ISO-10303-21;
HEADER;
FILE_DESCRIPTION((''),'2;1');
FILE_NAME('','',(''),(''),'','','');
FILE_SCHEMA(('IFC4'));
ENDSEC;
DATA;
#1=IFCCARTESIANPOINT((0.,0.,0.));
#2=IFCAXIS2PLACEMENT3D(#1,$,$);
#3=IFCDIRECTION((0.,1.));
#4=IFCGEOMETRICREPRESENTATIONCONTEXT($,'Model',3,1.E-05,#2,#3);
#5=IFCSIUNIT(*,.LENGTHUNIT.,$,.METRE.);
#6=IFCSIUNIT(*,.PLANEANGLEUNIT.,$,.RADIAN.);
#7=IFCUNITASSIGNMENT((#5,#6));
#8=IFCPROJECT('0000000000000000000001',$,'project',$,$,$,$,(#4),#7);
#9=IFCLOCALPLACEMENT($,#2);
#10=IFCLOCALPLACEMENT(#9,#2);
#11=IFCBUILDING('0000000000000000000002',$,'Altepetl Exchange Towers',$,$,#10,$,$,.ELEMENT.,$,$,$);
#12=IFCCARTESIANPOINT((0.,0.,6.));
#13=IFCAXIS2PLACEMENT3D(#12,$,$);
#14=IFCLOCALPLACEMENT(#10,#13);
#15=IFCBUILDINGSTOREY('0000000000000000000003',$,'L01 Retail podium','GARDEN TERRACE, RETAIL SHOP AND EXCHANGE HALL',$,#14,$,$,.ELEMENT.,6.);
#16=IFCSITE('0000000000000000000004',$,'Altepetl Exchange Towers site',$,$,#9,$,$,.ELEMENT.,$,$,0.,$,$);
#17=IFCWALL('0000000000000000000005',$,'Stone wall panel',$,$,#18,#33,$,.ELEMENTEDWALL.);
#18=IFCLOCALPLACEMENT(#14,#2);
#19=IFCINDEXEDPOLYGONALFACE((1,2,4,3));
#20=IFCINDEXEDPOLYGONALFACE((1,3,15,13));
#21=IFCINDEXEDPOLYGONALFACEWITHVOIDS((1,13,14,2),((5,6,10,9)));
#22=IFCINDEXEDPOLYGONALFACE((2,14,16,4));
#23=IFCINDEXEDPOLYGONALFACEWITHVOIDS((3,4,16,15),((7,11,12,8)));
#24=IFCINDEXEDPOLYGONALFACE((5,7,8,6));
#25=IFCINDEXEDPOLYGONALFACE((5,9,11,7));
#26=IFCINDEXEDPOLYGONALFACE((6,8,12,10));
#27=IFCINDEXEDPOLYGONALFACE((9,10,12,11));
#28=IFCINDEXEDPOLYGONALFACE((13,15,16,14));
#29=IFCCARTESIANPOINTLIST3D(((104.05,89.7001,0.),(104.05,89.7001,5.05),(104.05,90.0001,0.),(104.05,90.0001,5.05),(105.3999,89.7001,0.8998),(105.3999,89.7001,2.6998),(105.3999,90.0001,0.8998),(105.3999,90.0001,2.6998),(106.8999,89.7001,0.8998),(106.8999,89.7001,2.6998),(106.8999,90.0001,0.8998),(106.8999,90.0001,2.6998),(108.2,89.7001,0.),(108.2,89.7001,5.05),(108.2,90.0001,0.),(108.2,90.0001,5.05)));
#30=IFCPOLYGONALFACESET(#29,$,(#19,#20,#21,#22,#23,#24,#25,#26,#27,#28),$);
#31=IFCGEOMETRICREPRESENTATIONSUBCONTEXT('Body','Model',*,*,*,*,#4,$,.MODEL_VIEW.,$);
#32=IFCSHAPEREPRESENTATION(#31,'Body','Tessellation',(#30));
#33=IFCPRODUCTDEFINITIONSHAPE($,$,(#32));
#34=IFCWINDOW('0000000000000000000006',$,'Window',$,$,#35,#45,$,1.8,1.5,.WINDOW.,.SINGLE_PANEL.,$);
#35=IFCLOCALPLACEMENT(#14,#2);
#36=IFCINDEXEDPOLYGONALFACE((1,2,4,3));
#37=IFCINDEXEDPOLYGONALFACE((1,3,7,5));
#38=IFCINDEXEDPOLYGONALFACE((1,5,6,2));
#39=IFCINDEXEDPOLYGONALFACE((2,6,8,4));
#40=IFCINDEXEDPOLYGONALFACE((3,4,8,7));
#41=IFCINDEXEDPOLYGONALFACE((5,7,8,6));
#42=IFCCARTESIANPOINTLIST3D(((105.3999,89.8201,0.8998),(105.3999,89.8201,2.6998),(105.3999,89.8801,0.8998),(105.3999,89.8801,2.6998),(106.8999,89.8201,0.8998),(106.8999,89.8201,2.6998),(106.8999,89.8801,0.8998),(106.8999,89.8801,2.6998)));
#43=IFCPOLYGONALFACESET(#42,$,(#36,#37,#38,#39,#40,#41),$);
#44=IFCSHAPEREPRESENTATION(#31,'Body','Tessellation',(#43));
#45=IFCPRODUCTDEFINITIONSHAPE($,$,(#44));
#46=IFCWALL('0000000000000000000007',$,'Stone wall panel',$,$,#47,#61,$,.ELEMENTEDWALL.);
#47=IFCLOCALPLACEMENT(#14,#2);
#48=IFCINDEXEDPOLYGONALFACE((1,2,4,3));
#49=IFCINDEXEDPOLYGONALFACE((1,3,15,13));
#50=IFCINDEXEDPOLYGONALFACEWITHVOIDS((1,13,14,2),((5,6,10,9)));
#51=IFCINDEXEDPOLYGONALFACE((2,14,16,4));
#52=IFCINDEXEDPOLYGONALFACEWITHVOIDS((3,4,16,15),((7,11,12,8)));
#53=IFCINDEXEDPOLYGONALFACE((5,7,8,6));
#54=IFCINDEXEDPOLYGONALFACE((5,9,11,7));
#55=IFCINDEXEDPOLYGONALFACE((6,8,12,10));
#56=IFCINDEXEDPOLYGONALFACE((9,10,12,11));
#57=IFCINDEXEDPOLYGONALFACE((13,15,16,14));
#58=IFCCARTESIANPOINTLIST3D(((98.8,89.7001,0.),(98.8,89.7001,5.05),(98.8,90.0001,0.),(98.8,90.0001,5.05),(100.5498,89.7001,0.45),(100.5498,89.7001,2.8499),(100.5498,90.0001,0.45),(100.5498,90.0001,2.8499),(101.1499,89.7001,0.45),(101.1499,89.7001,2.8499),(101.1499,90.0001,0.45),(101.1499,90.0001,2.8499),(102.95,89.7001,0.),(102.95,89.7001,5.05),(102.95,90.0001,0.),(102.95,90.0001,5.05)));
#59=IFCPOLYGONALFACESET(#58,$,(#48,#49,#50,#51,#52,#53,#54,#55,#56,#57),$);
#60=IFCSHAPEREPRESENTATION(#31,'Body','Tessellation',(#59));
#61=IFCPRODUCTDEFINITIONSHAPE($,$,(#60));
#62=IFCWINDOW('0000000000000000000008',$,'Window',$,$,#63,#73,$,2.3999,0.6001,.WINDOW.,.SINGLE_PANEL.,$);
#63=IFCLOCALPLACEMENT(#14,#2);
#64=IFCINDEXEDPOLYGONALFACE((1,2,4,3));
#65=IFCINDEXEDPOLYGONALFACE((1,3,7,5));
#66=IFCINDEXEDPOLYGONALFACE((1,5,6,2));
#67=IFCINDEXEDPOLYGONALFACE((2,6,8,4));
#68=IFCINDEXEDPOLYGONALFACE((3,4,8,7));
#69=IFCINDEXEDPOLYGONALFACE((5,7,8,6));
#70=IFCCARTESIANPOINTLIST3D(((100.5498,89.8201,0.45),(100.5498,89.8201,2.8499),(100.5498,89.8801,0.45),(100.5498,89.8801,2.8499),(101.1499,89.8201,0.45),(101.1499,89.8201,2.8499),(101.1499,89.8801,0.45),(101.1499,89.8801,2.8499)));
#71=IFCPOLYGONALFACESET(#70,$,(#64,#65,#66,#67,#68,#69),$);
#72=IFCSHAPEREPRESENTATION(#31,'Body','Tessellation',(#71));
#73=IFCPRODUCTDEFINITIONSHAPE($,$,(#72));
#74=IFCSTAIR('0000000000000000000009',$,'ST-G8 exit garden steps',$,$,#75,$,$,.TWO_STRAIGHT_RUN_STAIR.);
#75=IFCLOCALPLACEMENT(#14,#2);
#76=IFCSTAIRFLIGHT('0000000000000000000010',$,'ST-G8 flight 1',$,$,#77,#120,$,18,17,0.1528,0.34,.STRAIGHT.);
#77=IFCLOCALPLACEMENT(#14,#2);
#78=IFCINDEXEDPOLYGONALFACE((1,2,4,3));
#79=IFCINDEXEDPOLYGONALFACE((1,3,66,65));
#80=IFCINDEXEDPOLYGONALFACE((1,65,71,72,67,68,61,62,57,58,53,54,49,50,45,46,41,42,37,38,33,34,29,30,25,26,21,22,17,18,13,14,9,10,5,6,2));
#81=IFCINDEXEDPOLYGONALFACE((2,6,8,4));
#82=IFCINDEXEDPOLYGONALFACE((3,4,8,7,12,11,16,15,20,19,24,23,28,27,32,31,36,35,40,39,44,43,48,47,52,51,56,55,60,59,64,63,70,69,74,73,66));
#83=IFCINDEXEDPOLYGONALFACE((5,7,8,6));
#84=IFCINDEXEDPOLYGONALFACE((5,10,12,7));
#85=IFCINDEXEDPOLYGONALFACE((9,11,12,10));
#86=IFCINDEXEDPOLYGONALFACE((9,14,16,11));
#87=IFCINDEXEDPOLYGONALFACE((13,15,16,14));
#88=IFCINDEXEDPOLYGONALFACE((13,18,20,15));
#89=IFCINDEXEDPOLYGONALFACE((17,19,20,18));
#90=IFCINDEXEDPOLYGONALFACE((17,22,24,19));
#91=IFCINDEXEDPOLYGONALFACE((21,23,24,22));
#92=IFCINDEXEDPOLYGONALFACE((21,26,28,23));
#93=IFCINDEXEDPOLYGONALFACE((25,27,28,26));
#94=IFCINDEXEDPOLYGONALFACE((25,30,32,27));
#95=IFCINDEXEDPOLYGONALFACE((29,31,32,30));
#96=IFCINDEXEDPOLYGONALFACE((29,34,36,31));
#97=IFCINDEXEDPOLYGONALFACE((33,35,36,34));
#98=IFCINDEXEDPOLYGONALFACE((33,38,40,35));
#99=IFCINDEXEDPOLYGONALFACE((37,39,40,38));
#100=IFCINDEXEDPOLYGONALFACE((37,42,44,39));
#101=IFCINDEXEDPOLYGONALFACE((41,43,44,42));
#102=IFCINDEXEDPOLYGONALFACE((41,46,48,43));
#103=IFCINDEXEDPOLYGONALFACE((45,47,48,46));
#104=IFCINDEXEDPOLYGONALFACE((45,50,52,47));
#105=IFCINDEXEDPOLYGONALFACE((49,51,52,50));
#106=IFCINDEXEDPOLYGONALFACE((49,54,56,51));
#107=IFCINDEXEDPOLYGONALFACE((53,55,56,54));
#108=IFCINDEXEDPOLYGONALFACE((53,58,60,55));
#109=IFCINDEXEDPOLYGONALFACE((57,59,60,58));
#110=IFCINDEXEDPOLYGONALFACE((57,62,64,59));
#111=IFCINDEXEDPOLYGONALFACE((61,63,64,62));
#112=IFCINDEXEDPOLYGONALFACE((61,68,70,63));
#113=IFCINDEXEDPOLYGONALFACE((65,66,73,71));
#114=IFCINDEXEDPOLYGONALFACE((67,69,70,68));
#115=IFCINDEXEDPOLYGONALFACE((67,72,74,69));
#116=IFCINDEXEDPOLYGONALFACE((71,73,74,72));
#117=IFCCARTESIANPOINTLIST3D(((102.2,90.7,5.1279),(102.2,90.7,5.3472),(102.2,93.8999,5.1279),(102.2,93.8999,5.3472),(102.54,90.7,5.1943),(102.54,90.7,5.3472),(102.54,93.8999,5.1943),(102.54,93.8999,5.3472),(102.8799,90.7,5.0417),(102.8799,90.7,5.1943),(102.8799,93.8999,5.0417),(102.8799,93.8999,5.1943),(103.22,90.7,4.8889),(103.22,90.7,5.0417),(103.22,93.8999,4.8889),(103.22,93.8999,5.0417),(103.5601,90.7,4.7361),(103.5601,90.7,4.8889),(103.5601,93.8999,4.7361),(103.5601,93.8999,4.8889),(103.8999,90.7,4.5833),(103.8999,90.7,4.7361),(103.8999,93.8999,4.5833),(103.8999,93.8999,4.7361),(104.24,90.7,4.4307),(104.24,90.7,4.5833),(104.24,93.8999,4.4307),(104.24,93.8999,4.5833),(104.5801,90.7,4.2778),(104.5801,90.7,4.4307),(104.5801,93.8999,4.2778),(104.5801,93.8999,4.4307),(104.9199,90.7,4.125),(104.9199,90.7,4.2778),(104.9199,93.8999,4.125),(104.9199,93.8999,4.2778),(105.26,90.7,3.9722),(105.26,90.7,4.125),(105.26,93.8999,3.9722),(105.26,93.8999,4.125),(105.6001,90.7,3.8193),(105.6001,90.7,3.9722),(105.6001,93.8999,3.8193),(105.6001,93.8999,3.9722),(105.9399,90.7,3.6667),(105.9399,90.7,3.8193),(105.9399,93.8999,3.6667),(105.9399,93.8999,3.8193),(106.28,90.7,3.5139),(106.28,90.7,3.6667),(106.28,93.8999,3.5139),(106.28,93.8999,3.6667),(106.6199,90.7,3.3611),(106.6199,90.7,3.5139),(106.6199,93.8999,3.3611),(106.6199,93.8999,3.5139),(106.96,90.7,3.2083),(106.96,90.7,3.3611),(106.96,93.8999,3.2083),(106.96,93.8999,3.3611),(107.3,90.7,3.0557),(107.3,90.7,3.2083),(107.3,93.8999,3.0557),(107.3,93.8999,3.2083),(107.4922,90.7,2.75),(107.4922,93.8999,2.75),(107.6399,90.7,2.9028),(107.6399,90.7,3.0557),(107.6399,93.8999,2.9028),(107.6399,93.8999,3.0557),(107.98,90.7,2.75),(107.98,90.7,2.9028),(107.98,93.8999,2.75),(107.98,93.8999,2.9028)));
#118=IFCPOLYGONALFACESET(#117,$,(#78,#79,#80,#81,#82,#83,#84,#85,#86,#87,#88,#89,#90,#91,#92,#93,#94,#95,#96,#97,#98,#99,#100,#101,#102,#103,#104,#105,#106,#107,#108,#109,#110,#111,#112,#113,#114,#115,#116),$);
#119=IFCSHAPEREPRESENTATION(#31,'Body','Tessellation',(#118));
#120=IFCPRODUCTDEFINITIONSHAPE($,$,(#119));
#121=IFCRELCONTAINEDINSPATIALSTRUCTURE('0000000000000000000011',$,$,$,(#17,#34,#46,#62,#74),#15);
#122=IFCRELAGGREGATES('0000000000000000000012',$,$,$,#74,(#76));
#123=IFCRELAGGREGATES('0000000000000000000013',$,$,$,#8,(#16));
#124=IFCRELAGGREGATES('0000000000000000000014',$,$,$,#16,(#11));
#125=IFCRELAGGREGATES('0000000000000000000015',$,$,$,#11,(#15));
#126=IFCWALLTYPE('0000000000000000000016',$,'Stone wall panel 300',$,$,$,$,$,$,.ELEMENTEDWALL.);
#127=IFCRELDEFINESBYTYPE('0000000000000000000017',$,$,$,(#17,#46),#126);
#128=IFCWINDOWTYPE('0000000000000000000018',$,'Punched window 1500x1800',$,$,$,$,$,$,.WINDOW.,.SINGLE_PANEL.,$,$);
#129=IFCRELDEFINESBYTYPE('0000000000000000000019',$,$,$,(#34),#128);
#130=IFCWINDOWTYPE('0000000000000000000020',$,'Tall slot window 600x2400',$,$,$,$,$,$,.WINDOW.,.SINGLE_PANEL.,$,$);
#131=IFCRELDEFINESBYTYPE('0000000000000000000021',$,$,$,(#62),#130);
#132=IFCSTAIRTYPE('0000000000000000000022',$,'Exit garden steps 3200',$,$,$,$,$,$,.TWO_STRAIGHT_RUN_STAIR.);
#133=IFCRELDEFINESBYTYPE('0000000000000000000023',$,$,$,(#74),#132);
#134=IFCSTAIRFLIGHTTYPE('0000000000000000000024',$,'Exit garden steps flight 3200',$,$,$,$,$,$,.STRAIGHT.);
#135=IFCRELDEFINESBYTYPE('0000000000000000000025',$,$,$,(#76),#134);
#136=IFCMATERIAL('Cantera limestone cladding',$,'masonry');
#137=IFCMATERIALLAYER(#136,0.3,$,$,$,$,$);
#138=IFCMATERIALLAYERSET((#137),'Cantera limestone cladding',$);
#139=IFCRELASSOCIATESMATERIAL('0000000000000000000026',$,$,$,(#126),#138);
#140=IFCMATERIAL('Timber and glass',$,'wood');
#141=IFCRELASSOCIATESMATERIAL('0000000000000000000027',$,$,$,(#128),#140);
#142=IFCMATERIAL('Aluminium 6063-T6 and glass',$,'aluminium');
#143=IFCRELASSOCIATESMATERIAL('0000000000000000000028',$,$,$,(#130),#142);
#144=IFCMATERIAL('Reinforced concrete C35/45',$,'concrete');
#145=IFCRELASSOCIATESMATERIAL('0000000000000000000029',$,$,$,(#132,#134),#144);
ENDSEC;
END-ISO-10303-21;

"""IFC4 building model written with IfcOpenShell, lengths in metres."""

from ifc_helpers import new_model, si_unit, direction, frame, frame_2d, origin, place, context, subcontext, project, spatial, polyline, rectangle, outline, extrude, material, layer, layer_set, type_object, element, fill, aggregate, save


model = new_model("IFC4")

# Units and contexts
model_context = context("Model", 3, precision=1e-05, world=origin(), true_north=direction((0.0, 1.0)))
body_context = subcontext(model_context, "Body", "Model", "MODEL_VIEW")
ifc_project = project(units=[si_unit("LENGTHUNIT", "METRE"), si_unit("PLANEANGLEUNIT", "RADIAN")], contexts=[model_context])

# Site, building, storey
site_placement = place(None, origin())
site = spatial("IfcSite", under=ifc_project, at=site_placement, Name="Altepetl Exchange Towers site", CompositionType="ELEMENT", RefElevation=0.0)
building_placement = place(site_placement, origin())
building = spatial("IfcBuilding", under=site, at=building_placement, Name="Altepetl Exchange Towers", CompositionType="ELEMENT")
storey_placement = place(building_placement, frame((0.0, 0.0, 6.0)))
storey = spatial("IfcBuildingStorey", under=building, at=storey_placement, Name="L01 Retail podium", Description="GARDEN TERRACE, RETAIL SHOP AND EXCHANGE HALL", CompositionType="ELEMENT", Elevation=6.0)

# Shared definitions
ifc_material_1 = material(Name="Reinforced concrete C35/45", Category="concrete")

# Walls, openings, windows
ifc_material_2 = material(Name="Cantera limestone cladding", Category="masonry")
ifc_layer_1 = layer(ifc_material_2, 0.3)
ifc_layer_set_1 = layer_set([ifc_layer_1], Name="Cantera limestone cladding")
wall_type_1 = type_object("IfcWallType", Name="Stone wall panel 300", PredefinedType="ELEMENTEDWALL", material=ifc_layer_set_1)
wall_1_placement = place(storey_placement, frame((108.2, 89.8501, 0.0), z_axis=(0.0, 0.0, 1.0), x_axis=(-1.0, 0.0, 0.0)))
wall_1 = element("IfcWall", 1, at=wall_1_placement, inside=storey, type_object=wall_type_1, Name="Stone wall panel", PredefinedType="ELEMENTEDWALL", context=body_context, shape_type="SweptSolid", body=[
    extrude(rectangle(XDim=4.1499, YDim=0.3, at=frame_2d((2.075, 0.0))), origin(), (0.0, 0.0, 1.0), 5.05),
])
opening_1_placement = place(wall_1_placement, frame((1.3, 0.0, 0.8999)))
opening_1 = element("IfcOpeningElement", 2, at=opening_1_placement, cuts=wall_1, PredefinedType="OPENING", context=body_context, shape_type="SweptSolid", body=[
    extrude(rectangle(XDim=1.5, YDim=1.8, at=frame_2d((0.75, 0.8999))), frame((0.0, 0.1602, 0.0), z_axis=(0.0, -1.0, 0.0), x_axis=(1.0, 0.0, 0.0)), (0.0, 0.0, 1.0), 0.3201),
])
ifc_material_3 = material(Name="Timber and glass", Category="wood")
window_type_1 = type_object("IfcWindowType", Name="Punched window 1500x1800", PartitioningType="SINGLE_PANEL", PredefinedType="WINDOW", material=ifc_material_3)
window_1_placement = place(opening_1_placement, origin())
window_1 = element("IfcWindow", 3, at=window_1_placement, inside=storey, type_object=window_type_1, Name="Window", OverallHeight=1.8, OverallWidth=1.5, PartitioningType="SINGLE_PANEL", PredefinedType="WINDOW", context=body_context, shape_type="SweptSolid", body=[
    extrude(rectangle(XDim=1.5, YDim=1.8, at=frame_2d((0.75, 0.8999))), frame((0.0, 0.03, 0.0), z_axis=(0.0, -1.0, 0.0), x_axis=(1.0, 0.0, 0.0)), (0.0, 0.0, 1.0), 0.0601),
])
fill(opening_1, window_1)
wall_2_placement = place(storey_placement, frame((102.95, 89.8501, 0.0), z_axis=(0.0, 0.0, 1.0), x_axis=(-1.0, 0.0, 0.0)))
wall_2 = element("IfcWall", 4, at=wall_2_placement, inside=storey, type_object=wall_type_1, Name="Stone wall panel", PredefinedType="ELEMENTEDWALL", context=body_context, shape_type="SweptSolid", body=[
    extrude(rectangle(XDim=4.1499, YDim=0.3, at=frame_2d((2.075, 0.0))), origin(), (0.0, 0.0, 1.0), 5.05),
])
opening_2_placement = place(wall_2_placement, frame((1.8, 0.0, 0.45)))
opening_2 = element("IfcOpeningElement", 5, at=opening_2_placement, cuts=wall_2, PredefinedType="OPENING", context=body_context, shape_type="SweptSolid", body=[
    extrude(rectangle(XDim=0.6001, YDim=2.3999, at=frame_2d((0.3, 1.2))), frame((0.0, 0.1602, 0.0), z_axis=(0.0, -1.0, 0.0), x_axis=(1.0, 0.0, 0.0)), (0.0, 0.0, 1.0), 0.3201),
])
ifc_material_4 = material(Name="Aluminium 6063-T6 and glass", Category="aluminium")
window_type_2 = type_object("IfcWindowType", Name="Tall slot window 600x2400", PartitioningType="SINGLE_PANEL", PredefinedType="WINDOW", material=ifc_material_4)
window_2_placement = place(opening_2_placement, origin())
window_2 = element("IfcWindow", 6, at=window_2_placement, inside=storey, type_object=window_type_2, Name="Window", OverallHeight=2.3999, OverallWidth=0.6001, PartitioningType="SINGLE_PANEL", PredefinedType="WINDOW", context=body_context, shape_type="SweptSolid", body=[
    extrude(rectangle(XDim=0.6001, YDim=2.3999, at=frame_2d((0.3, 1.2))), frame((0.0, 0.03, 0.0), z_axis=(0.0, -1.0, 0.0), x_axis=(1.0, 0.0, 0.0)), (0.0, 0.0, 1.0), 0.0601),
])
fill(opening_2, window_2)

# Stair, stair flight
stair_type = type_object("IfcStairType", Name="Exit garden steps 3200", PredefinedType="TWO_STRAIGHT_RUN_STAIR", material=ifc_material_1)
stair_placement = place(storey_placement, origin())
stair = element("IfcStair", 7, at=stair_placement, inside=storey, type_object=stair_type, Name="ST-G8 exit garden steps", PredefinedType="TWO_STRAIGHT_RUN_STAIR")
stair_flight_type = type_object("IfcStairFlightType", Name="Exit garden steps flight 3200", PredefinedType="STRAIGHT", material=ifc_material_1)
stair_flight_placement = place(storey_placement, frame((107.98, 92.3, 2.75), z_axis=(0.0, 0.0, 1.0), x_axis=(-1.0, 0.0, 0.0)))
stair_flight = element("IfcStairFlight", 8, at=stair_flight_placement, type_object=stair_flight_type, Name="ST-G8 flight 1", NumberOfRisers=18, NumberOfTreads=17, PredefinedType="STRAIGHT", RiserHeight=0.1528, TreadLength=0.34, context=body_context, shape_type="SweptSolid", body=[
    extrude(outline(polyline([(0.0, 0.0), (0.0, 0.1528), (0.3401, 0.1528), (0.3401, 0.3057), (0.6799, 0.3057), (0.6799, 0.4583), (1.02, 0.4583), (1.02, 0.6111), (1.3601, 0.6111), (1.3601, 0.7639), (1.7, 0.7639), (1.7, 0.9167), (2.04, 0.9167), (2.04, 1.0693), (2.3799, 1.0693), (2.3799, 1.2222), (2.72, 1.2222), (2.72, 1.375), (3.0601, 1.375), (3.0601, 1.5278), (3.3999, 1.5278), (3.3999, 1.6807), (3.74, 1.6807), (3.74, 1.8333), (4.0801, 1.8333), (4.0801, 1.9861), (4.4199, 1.9861), (4.4199, 2.1389), (4.76, 2.1389), (4.76, 2.2917), (5.1001, 2.2917), (5.1001, 2.4443), (5.4399, 2.4443), (5.4399, 2.5972), (5.78, 2.5972), (5.78, 2.75), (5.78, 2.3779), (0.4878, 0.0), (0.0, 0.0)])), frame((0.0, 1.6001, 0.0), z_axis=(0.0, -1.0, 0.0), x_axis=(1.0, 0.0, 0.0)), (0.0, 0.0, 1.0), 3.2),
])
aggregate(stair, [stair_flight])

save(model, "model.ifc")
